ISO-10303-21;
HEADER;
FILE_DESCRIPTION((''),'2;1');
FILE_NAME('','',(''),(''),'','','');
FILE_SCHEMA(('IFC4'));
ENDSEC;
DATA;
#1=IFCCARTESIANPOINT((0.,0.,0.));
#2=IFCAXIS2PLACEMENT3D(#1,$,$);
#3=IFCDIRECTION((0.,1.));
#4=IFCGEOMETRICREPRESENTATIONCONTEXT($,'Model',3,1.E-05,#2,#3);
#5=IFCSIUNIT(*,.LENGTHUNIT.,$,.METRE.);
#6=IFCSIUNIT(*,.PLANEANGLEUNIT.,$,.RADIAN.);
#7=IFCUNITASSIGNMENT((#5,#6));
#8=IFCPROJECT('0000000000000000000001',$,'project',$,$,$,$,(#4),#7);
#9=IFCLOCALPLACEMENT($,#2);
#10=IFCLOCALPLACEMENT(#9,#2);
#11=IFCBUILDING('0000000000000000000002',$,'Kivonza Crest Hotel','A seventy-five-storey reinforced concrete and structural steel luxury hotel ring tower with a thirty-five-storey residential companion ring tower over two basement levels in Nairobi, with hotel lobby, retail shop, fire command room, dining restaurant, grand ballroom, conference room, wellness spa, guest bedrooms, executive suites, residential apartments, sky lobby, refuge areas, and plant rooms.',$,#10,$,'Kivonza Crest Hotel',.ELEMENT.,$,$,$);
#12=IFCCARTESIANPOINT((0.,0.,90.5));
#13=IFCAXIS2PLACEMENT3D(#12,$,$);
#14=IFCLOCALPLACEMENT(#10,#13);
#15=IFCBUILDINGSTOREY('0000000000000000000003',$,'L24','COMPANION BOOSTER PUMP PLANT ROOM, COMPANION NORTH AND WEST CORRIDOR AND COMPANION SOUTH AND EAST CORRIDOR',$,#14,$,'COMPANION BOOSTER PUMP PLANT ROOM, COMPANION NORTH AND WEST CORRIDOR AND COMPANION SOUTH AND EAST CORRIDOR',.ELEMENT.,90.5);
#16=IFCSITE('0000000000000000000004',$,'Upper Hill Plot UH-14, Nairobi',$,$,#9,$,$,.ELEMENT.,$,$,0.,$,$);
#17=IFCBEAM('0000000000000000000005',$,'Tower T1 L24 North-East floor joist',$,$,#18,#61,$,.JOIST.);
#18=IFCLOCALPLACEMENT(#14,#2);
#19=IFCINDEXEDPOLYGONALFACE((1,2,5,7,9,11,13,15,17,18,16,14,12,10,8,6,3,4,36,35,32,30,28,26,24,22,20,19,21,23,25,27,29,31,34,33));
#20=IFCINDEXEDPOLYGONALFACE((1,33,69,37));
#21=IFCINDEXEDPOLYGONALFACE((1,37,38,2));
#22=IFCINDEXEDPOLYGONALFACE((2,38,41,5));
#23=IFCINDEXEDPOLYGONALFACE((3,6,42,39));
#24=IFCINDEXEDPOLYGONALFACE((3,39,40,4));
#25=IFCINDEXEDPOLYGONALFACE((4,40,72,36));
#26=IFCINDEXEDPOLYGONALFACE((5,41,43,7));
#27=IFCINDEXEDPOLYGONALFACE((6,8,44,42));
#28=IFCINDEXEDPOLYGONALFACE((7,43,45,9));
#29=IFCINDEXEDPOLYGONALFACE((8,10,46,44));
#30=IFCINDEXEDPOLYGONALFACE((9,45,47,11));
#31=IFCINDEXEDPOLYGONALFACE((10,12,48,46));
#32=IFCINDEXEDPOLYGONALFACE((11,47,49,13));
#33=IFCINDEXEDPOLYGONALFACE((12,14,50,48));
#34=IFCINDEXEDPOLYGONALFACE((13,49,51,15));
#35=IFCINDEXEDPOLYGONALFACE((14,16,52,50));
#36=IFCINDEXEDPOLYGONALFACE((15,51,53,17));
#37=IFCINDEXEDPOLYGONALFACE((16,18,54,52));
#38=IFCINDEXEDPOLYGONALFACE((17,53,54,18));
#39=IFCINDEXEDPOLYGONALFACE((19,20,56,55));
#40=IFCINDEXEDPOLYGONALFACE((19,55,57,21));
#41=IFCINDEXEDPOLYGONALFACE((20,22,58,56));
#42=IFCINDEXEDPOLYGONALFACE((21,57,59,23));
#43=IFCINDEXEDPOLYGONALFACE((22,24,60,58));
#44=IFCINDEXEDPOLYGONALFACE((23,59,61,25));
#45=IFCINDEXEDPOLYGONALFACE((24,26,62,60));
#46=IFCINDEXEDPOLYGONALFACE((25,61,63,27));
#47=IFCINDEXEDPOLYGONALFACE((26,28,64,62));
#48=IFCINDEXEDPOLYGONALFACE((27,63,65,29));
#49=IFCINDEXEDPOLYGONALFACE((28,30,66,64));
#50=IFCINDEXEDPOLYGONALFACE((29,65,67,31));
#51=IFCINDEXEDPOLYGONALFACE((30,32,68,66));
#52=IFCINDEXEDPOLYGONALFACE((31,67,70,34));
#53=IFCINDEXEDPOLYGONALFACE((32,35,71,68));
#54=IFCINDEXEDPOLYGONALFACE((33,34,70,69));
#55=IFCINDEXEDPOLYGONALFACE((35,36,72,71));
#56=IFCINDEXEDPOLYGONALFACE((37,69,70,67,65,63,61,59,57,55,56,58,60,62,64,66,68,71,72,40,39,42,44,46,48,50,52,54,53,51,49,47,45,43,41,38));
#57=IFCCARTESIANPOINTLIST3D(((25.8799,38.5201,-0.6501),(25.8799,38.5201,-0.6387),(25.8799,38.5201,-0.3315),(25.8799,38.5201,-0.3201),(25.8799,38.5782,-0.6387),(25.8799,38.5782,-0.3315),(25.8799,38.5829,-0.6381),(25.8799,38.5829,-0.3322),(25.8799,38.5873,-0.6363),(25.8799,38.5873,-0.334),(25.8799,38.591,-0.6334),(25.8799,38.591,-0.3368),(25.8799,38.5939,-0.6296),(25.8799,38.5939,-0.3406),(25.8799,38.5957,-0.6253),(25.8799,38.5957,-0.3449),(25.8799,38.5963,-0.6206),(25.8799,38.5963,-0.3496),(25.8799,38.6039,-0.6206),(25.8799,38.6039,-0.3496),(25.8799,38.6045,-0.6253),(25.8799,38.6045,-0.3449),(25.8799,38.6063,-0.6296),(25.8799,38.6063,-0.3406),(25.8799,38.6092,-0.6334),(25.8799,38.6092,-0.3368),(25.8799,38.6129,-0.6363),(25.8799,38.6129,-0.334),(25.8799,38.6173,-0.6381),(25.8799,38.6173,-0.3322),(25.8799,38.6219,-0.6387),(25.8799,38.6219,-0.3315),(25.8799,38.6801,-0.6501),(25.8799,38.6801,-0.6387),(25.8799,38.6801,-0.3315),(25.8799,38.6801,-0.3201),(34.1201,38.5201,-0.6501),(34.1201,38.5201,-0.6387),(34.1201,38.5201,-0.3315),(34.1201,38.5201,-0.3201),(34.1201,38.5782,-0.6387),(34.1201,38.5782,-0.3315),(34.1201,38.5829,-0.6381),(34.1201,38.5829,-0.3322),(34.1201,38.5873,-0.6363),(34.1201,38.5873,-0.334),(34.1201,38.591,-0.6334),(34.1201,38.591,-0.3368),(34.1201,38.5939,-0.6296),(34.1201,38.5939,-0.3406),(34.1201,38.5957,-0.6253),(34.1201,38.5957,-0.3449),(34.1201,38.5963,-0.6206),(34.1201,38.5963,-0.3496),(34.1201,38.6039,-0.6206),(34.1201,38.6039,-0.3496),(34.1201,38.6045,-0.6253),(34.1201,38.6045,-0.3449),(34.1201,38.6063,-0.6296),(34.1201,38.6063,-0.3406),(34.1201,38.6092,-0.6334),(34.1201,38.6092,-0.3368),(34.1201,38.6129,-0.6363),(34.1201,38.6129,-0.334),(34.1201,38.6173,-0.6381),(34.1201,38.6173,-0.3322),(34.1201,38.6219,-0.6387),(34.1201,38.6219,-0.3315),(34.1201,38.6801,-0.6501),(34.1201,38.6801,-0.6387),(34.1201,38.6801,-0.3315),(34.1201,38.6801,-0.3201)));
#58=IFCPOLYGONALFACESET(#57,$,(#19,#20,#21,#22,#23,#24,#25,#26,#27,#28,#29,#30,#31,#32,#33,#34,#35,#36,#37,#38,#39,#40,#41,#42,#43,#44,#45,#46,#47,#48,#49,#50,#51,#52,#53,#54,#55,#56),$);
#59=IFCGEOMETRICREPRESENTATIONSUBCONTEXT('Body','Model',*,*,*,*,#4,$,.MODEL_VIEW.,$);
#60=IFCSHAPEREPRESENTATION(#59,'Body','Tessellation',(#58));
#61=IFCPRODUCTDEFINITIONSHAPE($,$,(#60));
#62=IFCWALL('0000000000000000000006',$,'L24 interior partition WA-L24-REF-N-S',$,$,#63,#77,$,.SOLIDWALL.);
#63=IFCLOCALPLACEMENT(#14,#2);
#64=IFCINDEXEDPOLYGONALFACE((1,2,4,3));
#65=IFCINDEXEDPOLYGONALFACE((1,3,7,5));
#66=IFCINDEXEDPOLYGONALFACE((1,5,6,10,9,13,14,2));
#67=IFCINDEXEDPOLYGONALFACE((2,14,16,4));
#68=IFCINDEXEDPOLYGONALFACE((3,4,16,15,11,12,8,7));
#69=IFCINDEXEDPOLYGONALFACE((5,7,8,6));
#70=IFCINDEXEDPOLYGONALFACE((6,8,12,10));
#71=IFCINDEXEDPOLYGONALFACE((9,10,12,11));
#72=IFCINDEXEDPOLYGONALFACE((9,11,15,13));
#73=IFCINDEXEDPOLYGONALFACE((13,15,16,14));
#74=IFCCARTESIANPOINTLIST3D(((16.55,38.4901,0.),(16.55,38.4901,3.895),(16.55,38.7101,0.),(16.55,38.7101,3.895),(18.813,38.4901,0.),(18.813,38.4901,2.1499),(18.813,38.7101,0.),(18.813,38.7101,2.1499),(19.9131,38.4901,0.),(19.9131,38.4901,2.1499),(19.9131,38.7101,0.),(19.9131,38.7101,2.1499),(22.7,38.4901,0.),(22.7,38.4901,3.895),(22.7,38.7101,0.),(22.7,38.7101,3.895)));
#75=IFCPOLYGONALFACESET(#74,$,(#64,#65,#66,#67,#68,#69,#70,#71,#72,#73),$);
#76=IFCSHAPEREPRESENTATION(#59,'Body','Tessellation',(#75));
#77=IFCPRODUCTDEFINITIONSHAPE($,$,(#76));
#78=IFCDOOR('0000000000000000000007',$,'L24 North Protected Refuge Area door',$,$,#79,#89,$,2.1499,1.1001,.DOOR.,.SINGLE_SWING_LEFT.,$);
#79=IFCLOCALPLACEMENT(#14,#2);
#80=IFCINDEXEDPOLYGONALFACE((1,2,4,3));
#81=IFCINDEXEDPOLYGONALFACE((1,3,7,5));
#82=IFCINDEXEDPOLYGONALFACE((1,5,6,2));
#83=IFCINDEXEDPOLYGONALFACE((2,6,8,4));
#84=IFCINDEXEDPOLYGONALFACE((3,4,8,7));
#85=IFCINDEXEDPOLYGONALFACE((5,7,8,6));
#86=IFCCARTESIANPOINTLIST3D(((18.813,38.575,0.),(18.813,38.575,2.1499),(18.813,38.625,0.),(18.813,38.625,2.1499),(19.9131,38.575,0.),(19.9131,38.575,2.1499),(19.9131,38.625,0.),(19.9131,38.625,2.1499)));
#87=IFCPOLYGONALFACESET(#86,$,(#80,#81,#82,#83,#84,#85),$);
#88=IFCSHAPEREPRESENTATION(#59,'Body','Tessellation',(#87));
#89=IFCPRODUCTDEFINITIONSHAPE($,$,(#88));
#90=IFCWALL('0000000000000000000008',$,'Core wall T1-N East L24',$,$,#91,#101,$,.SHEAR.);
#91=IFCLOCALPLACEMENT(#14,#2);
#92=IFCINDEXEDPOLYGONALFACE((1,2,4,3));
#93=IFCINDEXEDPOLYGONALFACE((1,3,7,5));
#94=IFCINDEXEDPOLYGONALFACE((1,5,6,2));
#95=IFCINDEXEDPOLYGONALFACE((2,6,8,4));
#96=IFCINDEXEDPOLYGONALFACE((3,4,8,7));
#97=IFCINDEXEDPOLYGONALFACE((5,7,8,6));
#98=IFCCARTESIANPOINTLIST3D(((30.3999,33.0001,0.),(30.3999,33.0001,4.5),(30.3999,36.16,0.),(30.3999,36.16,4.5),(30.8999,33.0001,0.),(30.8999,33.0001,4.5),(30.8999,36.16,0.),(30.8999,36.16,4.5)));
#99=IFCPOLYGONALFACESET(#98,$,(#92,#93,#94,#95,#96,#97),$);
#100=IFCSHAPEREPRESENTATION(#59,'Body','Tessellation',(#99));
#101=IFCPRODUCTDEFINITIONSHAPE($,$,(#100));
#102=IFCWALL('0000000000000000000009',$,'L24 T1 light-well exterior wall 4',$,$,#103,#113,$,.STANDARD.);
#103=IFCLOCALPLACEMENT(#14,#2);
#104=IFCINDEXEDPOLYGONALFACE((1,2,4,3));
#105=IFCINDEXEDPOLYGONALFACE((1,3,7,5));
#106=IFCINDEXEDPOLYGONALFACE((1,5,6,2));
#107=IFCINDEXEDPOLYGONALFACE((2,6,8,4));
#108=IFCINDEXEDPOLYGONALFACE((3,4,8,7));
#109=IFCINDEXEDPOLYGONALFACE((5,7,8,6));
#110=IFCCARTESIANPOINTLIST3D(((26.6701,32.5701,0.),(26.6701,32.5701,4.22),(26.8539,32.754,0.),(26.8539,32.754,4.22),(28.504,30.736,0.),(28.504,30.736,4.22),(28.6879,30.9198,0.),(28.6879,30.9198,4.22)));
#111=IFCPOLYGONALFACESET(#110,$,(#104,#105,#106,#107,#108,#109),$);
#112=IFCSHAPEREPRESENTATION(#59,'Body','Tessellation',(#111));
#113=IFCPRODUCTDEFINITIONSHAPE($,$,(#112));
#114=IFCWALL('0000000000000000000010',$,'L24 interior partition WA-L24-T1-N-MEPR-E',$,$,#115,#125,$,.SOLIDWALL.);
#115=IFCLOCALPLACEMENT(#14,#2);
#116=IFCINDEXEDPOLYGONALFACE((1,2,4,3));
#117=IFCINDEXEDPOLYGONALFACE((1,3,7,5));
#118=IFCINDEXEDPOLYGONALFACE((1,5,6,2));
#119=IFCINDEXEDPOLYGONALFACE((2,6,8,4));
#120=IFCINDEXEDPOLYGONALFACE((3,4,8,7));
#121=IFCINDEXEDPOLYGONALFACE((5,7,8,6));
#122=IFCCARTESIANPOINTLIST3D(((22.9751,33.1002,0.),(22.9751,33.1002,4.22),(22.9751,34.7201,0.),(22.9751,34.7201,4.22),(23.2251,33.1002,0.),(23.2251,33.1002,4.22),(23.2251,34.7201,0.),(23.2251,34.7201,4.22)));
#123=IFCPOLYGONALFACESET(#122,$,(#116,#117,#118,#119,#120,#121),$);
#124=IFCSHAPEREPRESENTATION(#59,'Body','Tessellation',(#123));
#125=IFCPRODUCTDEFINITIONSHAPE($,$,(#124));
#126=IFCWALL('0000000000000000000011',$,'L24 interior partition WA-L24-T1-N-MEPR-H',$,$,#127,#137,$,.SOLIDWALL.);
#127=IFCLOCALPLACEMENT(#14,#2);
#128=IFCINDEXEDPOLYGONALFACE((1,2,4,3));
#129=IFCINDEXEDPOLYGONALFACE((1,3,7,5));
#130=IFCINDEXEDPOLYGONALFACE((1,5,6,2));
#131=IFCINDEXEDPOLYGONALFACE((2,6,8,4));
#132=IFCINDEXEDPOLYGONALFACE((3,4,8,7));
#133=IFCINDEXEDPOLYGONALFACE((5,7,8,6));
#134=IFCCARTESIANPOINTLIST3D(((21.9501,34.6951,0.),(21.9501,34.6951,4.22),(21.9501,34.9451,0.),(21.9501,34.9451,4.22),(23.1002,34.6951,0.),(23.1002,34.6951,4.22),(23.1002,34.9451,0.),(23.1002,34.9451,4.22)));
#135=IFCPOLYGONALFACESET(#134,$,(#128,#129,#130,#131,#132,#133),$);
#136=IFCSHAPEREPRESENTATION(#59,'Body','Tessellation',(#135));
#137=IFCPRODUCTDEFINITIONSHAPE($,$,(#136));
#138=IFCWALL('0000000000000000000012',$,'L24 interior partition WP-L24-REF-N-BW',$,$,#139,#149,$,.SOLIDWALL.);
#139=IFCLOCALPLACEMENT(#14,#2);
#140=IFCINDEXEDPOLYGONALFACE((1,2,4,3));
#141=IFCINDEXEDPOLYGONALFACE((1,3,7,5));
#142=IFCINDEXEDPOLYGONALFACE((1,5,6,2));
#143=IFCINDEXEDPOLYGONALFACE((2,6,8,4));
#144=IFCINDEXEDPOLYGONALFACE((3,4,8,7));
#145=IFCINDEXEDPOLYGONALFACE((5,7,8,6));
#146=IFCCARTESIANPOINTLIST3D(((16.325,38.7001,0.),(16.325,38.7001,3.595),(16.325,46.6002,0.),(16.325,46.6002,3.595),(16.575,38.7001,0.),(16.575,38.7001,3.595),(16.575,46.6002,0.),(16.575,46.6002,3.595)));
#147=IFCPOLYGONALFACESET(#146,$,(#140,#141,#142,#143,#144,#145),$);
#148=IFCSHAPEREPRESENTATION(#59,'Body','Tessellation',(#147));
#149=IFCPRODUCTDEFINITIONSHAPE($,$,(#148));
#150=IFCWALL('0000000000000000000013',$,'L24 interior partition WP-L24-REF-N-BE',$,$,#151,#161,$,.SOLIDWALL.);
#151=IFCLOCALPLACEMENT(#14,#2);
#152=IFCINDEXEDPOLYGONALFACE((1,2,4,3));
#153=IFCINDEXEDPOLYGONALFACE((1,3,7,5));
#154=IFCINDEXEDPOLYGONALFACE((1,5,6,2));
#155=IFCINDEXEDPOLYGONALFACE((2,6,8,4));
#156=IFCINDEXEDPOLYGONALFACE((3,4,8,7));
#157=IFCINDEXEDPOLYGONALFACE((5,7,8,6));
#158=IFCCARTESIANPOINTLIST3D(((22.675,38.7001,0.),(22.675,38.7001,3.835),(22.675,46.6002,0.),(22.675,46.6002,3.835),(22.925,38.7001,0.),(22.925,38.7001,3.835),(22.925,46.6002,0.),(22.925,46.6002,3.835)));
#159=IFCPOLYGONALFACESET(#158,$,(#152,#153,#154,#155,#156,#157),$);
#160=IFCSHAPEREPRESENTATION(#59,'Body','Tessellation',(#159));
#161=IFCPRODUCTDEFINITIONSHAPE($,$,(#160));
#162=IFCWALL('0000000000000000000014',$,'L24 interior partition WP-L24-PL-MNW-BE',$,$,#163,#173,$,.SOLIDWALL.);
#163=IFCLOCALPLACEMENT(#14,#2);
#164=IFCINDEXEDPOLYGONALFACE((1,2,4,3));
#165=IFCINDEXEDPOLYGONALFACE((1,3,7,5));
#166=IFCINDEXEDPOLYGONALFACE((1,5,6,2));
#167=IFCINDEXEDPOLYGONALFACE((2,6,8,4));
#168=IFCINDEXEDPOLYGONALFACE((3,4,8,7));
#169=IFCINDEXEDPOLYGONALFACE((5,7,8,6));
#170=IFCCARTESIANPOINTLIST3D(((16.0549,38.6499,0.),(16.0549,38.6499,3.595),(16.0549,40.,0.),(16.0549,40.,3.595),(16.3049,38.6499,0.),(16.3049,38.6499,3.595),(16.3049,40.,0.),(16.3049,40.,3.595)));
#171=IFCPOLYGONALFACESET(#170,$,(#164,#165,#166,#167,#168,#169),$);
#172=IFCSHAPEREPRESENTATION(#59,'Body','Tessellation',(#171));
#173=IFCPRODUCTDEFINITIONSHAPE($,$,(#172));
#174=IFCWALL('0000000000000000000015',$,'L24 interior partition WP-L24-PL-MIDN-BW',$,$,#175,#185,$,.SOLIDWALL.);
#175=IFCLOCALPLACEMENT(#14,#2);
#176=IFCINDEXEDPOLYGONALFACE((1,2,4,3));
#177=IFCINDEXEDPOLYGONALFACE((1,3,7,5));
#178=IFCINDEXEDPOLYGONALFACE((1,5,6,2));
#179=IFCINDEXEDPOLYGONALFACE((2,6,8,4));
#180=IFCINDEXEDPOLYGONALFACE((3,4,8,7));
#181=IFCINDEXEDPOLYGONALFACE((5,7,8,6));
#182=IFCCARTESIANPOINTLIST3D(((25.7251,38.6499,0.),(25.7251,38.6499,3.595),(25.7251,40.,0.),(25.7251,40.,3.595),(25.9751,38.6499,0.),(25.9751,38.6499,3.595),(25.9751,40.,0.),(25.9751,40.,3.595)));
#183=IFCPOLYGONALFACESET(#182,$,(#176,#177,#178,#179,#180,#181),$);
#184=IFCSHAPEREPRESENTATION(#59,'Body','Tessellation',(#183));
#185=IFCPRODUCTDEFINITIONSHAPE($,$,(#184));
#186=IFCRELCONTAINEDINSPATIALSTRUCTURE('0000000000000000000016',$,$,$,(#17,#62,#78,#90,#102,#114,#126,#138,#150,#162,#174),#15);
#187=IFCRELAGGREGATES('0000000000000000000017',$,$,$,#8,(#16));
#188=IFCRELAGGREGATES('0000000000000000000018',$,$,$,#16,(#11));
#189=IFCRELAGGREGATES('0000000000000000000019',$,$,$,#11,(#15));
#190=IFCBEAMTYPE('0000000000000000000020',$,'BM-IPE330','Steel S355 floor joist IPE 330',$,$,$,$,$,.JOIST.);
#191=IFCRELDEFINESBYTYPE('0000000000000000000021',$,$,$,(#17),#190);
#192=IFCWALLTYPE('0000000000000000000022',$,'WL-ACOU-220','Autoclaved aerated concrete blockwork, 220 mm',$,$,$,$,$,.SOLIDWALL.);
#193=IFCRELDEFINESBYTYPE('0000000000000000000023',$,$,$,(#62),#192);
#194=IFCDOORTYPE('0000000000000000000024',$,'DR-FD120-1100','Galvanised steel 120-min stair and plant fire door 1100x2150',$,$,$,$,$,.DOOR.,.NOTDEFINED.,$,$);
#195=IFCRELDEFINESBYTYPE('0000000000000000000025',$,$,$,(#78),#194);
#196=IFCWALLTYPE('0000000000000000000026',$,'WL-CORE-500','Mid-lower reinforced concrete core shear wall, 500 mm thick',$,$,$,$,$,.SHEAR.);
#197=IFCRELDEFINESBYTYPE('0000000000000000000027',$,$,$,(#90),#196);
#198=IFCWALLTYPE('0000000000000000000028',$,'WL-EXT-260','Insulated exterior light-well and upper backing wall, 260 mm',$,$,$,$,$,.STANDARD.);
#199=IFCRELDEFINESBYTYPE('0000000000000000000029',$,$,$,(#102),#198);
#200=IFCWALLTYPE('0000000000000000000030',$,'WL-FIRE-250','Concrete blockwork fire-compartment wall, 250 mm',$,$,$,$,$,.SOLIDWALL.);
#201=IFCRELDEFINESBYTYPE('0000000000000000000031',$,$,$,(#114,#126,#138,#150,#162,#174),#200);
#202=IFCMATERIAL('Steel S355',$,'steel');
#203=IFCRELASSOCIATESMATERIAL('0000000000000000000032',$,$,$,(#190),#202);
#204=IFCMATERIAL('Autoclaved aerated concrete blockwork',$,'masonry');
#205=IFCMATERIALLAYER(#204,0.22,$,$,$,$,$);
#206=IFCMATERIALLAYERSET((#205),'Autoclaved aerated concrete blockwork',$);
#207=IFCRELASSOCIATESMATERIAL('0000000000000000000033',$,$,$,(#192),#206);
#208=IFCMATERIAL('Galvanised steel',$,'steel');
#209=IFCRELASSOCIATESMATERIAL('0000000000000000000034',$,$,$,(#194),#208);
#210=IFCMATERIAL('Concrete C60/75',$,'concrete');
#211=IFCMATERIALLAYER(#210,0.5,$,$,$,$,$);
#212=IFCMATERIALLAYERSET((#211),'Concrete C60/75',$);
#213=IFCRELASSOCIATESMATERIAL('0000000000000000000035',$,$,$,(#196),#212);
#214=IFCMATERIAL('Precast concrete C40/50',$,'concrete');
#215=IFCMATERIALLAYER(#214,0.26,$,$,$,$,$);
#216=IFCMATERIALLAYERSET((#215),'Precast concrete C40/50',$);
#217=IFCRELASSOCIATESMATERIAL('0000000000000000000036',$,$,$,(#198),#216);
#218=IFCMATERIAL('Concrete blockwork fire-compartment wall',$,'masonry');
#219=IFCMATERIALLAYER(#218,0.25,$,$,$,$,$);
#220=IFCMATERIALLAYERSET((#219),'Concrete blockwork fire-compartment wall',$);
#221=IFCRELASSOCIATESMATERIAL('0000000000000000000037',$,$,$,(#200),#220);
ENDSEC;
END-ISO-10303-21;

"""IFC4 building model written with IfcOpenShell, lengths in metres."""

from ifc_helpers import new_model, si_unit, direction, frame, frame_2d, origin, origin_2d, place, context, subcontext, project, spatial, rectangle, i_section, extrude, material, layer, layer_set, material_profile, profile_set, type_object, element, fill, save


model = new_model("IFC4")

# Units and contexts
model_context = context("Model", 3, precision=1e-05, world=origin(), true_north=direction((0.0, 1.0)))
body_context = subcontext(model_context, "Body", "Model", "MODEL_VIEW")
ifc_project = project(units=[si_unit("LENGTHUNIT", "METRE"), si_unit("PLANEANGLEUNIT", "RADIAN")], contexts=[model_context])

# Site, building, storey
site_placement = place(None, origin())
site = spatial("IfcSite", under=ifc_project, at=site_placement, Name="Upper Hill Plot UH-14, Nairobi", CompositionType="ELEMENT", RefElevation=0.0)
building_placement = place(site_placement, origin())
building = spatial("IfcBuilding", under=site, at=building_placement, Name="Kivonza Crest Hotel", Description="A seventy-five-storey reinforced concrete and structural steel luxury hotel ring tower with a thirty-five-storey residential companion ring tower over two basement levels in Nairobi, with hotel lobby, retail shop, fire command room, dining restaurant, grand ballroom, conference room, wellness spa, guest bedrooms, executive suites, residential apartments, sky lobby, refuge areas, and plant rooms.", LongName="Kivonza Crest Hotel", CompositionType="ELEMENT")
storey_placement = place(building_placement, frame((0.0, 0.0, 90.5)))
storey = spatial("IfcBuildingStorey", under=building, at=storey_placement, Name="L24", Description="COMPANION BOOSTER PUMP PLANT ROOM, COMPANION NORTH AND WEST CORRIDOR AND COMPANION SOUTH AND EAST CORRIDOR", LongName="COMPANION BOOSTER PUMP PLANT ROOM, COMPANION NORTH AND WEST CORRIDOR AND COMPANION SOUTH AND EAST CORRIDOR", CompositionType="ELEMENT", Elevation=90.5)

# Shared definitions
ifc_material_1 = material(Name="Steel S355", Category="steel")

# Beam
ifc_material_profile_1 = material_profile(ifc_material_1, i_section(OverallWidth=0.1599, OverallDepth=0.3301, WebThickness=0.0076, FlangeThickness=0.0115, FilletRadius=0.0181, at=origin_2d()), Name="IPE 330")
ifc_profile_set_1 = profile_set([ifc_material_profile_1], Name="Steel S355")
beam_type_1 = type_object("IfcBeamType", Name="BM-IPE330", Description="Steel S355 floor joist IPE 330", PredefinedType="JOIST", material=ifc_profile_set_1)
beam_1_placement = place(storey_placement, frame((25.8799, 38.6001, -0.4851), z_axis=(1.0, 0.0, 0.0), x_axis=(0.0, 1.0, 0.0)))
element("IfcBeam", 1, at=beam_1_placement, inside=storey, type_object=beam_type_1, Name="Tower T1 L24 North-East floor joist", PredefinedType="JOIST", context=body_context, shape_type="SweptSolid", body=[
    extrude(i_section(OverallWidth=0.1599, OverallDepth=0.3301, WebThickness=0.0076, FlangeThickness=0.0115, FilletRadius=0.0181, at=origin_2d()), origin(), (0.0, 0.0, 1.0), 8.2402),
])

# Wall, opening, door
ifc_material_2 = material(Name="Autoclaved aerated concrete blockwork", Category="masonry")
ifc_layer_1 = layer(ifc_material_2, 0.22)
ifc_layer_set_1 = layer_set([ifc_layer_1], Name="Autoclaved aerated concrete blockwork")
wall_type_1 = type_object("IfcWallType", Name="WL-ACOU-220", Description="Autoclaved aerated concrete blockwork, 220 mm", PredefinedType="SOLIDWALL", material=ifc_layer_set_1)
wall_1_placement = place(storey_placement, frame((16.55, 38.6001, 0.0), z_axis=(0.0, 0.0, 1.0), x_axis=(1.0, 0.0, 0.0)))
wall_1 = element("IfcWall", 2, at=wall_1_placement, inside=storey, type_object=wall_type_1, Name="L24 interior partition WA-L24-REF-N-S", PredefinedType="SOLIDWALL", context=body_context, shape_type="SweptSolid", body=[
    extrude(rectangle(XDim=6.1499, YDim=0.22, at=frame_2d((3.075, 0.0))), origin(), (0.0, 0.0, 1.0), 3.895),
])
opening_1_placement = place(wall_1_placement, frame((2.2629, 0.0, 0.0)))
opening_1 = element("IfcOpeningElement", 3, at=opening_1_placement, cuts=wall_1, PredefinedType="OPENING", context=body_context, shape_type="SweptSolid", body=[
    extrude(rectangle(XDim=1.1001, YDim=2.1499, at=frame_2d((0.55, 1.075))), frame((0.0, 0.1201, 0.0), z_axis=(0.0, -1.0, 0.0), x_axis=(1.0, 0.0, 0.0)), (0.0, 0.0, 1.0), 0.24),
])
ifc_material_3 = material(Name="Galvanised steel", Category="steel")
door_type_1 = type_object("IfcDoorType", Name="DR-FD120-1100", Description="Galvanised steel 120-min stair and plant fire door 1100x2150", OperationType="NOTDEFINED", PredefinedType="DOOR", material=ifc_material_3)
door_1_placement = place(opening_1_placement, origin())
door_1 = element("IfcDoor", 4, at=door_1_placement, inside=storey, type_object=door_type_1, Name="L24 North Protected Refuge Area door", OperationType="SINGLE_SWING_LEFT", OverallHeight=2.1499, OverallWidth=1.1001, PredefinedType="DOOR", context=body_context, shape_type="SweptSolid", body=[
    extrude(rectangle(XDim=1.1001, YDim=2.1499, at=frame_2d((0.55, 1.075))), frame((0.0, 0.0249, 0.0), z_axis=(0.0, -1.0, 0.0), x_axis=(1.0, 0.0, 0.0)), (0.0, 0.0, 1.0), 0.05),
])
fill(opening_1, door_1)

# Walls
ifc_material_4 = material(Name="Concrete C60/75", Category="concrete")
ifc_layer_2 = layer(ifc_material_4, 0.5)
ifc_layer_set_2 = layer_set([ifc_layer_2], Name="Concrete C60/75")
wall_type_2 = type_object("IfcWallType", Name="WL-CORE-500", Description="Mid-lower reinforced concrete core shear wall, 500 mm thick", PredefinedType="SHEAR", material=ifc_layer_set_2)
wall_2_placement = place(storey_placement, frame((30.6499, 33.0, 0.0), z_axis=(0.0, 0.0, 1.0), x_axis=(0.0, 1.0, 0.0)))
element("IfcWall", 5, at=wall_2_placement, inside=storey, type_object=wall_type_2, Name="Core wall T1-N East L24", PredefinedType="SHEAR", context=body_context, shape_type="SweptSolid", body=[
    extrude(rectangle(XDim=3.1599, YDim=0.5, at=frame_2d((1.5801, 0.0))), origin(), (0.0, 0.0, 1.0), 4.5),
])
ifc_material_5 = material(Name="Precast concrete C40/50", Category="concrete")
ifc_layer_3 = layer(ifc_material_5, 0.26)
ifc_layer_set_3 = layer_set([ifc_layer_3], Name="Precast concrete C40/50")
wall_type_3 = type_object("IfcWallType", Name="WL-EXT-260", Description="Insulated exterior light-well and upper backing wall, 260 mm", PredefinedType="STANDARD", material=ifc_layer_set_3)
wall_3_placement = place(storey_placement, frame((28.5959, 30.8279, 0.0), z_axis=(0.0, 0.0, 1.0), x_axis=(-0.70706, 0.707154, 0.0)))
element("IfcWall", 6, at=wall_3_placement, inside=storey, type_object=wall_type_3, Name="L24 T1 light-well exterior wall 4", PredefinedType="STANDARD", context=body_context, shape_type="SweptSolid", body=[
    extrude(rectangle(XDim=2.5938, YDim=0.26, at=frame_2d((1.2969, 0.0))), origin(), (0.0, 0.0, 1.0), 4.22),
])
ifc_material_6 = material(Name="Concrete blockwork fire-compartment wall", Category="masonry")
ifc_layer_4 = layer(ifc_material_6, 0.25)
ifc_layer_set_4 = layer_set([ifc_layer_4], Name="Concrete blockwork fire-compartment wall")
wall_type_4 = type_object("IfcWallType", Name="WL-FIRE-250", Description="Concrete blockwork fire-compartment wall, 250 mm", PredefinedType="SOLIDWALL", material=ifc_layer_set_4)
wall_4_placement = place(storey_placement, frame((23.1001, 33.1001, 0.0), z_axis=(0.0, 0.0, 1.0), x_axis=(0.0, 1.0, 0.0)))
element("IfcWall", 7, at=wall_4_placement, inside=storey, type_object=wall_type_4, Name="L24 interior partition WA-L24-T1-N-MEPR-E", PredefinedType="SOLIDWALL", context=body_context, shape_type="SweptSolid", body=[
    extrude(rectangle(XDim=1.6199, YDim=0.25, at=frame_2d((0.8101, 0.0))), origin(), (0.0, 0.0, 1.0), 4.22),
])
wall_5_placement = place(storey_placement, frame((21.95, 34.8201, 0.0), z_axis=(0.0, 0.0, 1.0), x_axis=(1.0, 0.0, 0.0)))
element("IfcWall", 8, at=wall_5_placement, inside=storey, type_object=wall_type_4, Name="L24 interior partition WA-L24-T1-N-MEPR-H", PredefinedType="SOLIDWALL", context=body_context, shape_type="SweptSolid", body=[
    extrude(rectangle(XDim=1.1501, YDim=0.25, at=frame_2d((0.5752, 0.0))), origin(), (0.0, 0.0, 1.0), 4.22),
])
wall_6_placement = place(storey_placement, frame((16.45, 38.7, 0.0), z_axis=(0.0, 0.0, 1.0), x_axis=(0.0, 1.0, 0.0)))
element("IfcWall", 9, at=wall_6_placement, inside=storey, type_object=wall_type_4, Name="L24 interior partition WP-L24-REF-N-BW", PredefinedType="SOLIDWALL", context=body_context, shape_type="SweptSolid", body=[
    extrude(rectangle(XDim=7.9001, YDim=0.25, at=frame_2d((3.9502, 0.0))), origin(), (0.0, 0.0, 1.0), 3.595),
])
wall_7_placement = place(storey_placement, frame((22.8, 38.7, 0.0), z_axis=(0.0, 0.0, 1.0), x_axis=(0.0, 1.0, 0.0)))
element("IfcWall", 10, at=wall_7_placement, inside=storey, type_object=wall_type_4, Name="L24 interior partition WP-L24-REF-N-BE", PredefinedType="SOLIDWALL", context=body_context, shape_type="SweptSolid", body=[
    extrude(rectangle(XDim=7.9001, YDim=0.25, at=frame_2d((3.9502, 0.0))), origin(), (0.0, 0.0, 1.0), 3.835),
])
for number, where, z_axis, x_axis, name in (
    (11, (16.1799, 38.6499, 0.0), (0.0, 0.0, 1.0), (0.0, 1.0, 0.0), "L24 interior partition WP-L24-PL-MNW-BE"),
    (12, (25.8501, 38.6499, 0.0), (0.0, 0.0, 1.0), (0.0, 1.0, 0.0), "L24 interior partition WP-L24-PL-MIDN-BW"),
):
    element("IfcWall", number, at=place(storey_placement, frame(where, z_axis=z_axis, x_axis=x_axis)), inside=storey, type_object=wall_type_4, Name=name, PredefinedType="SOLIDWALL", context=body_context, shape_type="SweptSolid", body=[
        extrude(rectangle(XDim=1.3501, YDim=0.25, at=frame_2d((0.675, 0.0))), origin(), (0.0, 0.0, 1.0), 3.595),
    ])

save(model, "model.ifc")
